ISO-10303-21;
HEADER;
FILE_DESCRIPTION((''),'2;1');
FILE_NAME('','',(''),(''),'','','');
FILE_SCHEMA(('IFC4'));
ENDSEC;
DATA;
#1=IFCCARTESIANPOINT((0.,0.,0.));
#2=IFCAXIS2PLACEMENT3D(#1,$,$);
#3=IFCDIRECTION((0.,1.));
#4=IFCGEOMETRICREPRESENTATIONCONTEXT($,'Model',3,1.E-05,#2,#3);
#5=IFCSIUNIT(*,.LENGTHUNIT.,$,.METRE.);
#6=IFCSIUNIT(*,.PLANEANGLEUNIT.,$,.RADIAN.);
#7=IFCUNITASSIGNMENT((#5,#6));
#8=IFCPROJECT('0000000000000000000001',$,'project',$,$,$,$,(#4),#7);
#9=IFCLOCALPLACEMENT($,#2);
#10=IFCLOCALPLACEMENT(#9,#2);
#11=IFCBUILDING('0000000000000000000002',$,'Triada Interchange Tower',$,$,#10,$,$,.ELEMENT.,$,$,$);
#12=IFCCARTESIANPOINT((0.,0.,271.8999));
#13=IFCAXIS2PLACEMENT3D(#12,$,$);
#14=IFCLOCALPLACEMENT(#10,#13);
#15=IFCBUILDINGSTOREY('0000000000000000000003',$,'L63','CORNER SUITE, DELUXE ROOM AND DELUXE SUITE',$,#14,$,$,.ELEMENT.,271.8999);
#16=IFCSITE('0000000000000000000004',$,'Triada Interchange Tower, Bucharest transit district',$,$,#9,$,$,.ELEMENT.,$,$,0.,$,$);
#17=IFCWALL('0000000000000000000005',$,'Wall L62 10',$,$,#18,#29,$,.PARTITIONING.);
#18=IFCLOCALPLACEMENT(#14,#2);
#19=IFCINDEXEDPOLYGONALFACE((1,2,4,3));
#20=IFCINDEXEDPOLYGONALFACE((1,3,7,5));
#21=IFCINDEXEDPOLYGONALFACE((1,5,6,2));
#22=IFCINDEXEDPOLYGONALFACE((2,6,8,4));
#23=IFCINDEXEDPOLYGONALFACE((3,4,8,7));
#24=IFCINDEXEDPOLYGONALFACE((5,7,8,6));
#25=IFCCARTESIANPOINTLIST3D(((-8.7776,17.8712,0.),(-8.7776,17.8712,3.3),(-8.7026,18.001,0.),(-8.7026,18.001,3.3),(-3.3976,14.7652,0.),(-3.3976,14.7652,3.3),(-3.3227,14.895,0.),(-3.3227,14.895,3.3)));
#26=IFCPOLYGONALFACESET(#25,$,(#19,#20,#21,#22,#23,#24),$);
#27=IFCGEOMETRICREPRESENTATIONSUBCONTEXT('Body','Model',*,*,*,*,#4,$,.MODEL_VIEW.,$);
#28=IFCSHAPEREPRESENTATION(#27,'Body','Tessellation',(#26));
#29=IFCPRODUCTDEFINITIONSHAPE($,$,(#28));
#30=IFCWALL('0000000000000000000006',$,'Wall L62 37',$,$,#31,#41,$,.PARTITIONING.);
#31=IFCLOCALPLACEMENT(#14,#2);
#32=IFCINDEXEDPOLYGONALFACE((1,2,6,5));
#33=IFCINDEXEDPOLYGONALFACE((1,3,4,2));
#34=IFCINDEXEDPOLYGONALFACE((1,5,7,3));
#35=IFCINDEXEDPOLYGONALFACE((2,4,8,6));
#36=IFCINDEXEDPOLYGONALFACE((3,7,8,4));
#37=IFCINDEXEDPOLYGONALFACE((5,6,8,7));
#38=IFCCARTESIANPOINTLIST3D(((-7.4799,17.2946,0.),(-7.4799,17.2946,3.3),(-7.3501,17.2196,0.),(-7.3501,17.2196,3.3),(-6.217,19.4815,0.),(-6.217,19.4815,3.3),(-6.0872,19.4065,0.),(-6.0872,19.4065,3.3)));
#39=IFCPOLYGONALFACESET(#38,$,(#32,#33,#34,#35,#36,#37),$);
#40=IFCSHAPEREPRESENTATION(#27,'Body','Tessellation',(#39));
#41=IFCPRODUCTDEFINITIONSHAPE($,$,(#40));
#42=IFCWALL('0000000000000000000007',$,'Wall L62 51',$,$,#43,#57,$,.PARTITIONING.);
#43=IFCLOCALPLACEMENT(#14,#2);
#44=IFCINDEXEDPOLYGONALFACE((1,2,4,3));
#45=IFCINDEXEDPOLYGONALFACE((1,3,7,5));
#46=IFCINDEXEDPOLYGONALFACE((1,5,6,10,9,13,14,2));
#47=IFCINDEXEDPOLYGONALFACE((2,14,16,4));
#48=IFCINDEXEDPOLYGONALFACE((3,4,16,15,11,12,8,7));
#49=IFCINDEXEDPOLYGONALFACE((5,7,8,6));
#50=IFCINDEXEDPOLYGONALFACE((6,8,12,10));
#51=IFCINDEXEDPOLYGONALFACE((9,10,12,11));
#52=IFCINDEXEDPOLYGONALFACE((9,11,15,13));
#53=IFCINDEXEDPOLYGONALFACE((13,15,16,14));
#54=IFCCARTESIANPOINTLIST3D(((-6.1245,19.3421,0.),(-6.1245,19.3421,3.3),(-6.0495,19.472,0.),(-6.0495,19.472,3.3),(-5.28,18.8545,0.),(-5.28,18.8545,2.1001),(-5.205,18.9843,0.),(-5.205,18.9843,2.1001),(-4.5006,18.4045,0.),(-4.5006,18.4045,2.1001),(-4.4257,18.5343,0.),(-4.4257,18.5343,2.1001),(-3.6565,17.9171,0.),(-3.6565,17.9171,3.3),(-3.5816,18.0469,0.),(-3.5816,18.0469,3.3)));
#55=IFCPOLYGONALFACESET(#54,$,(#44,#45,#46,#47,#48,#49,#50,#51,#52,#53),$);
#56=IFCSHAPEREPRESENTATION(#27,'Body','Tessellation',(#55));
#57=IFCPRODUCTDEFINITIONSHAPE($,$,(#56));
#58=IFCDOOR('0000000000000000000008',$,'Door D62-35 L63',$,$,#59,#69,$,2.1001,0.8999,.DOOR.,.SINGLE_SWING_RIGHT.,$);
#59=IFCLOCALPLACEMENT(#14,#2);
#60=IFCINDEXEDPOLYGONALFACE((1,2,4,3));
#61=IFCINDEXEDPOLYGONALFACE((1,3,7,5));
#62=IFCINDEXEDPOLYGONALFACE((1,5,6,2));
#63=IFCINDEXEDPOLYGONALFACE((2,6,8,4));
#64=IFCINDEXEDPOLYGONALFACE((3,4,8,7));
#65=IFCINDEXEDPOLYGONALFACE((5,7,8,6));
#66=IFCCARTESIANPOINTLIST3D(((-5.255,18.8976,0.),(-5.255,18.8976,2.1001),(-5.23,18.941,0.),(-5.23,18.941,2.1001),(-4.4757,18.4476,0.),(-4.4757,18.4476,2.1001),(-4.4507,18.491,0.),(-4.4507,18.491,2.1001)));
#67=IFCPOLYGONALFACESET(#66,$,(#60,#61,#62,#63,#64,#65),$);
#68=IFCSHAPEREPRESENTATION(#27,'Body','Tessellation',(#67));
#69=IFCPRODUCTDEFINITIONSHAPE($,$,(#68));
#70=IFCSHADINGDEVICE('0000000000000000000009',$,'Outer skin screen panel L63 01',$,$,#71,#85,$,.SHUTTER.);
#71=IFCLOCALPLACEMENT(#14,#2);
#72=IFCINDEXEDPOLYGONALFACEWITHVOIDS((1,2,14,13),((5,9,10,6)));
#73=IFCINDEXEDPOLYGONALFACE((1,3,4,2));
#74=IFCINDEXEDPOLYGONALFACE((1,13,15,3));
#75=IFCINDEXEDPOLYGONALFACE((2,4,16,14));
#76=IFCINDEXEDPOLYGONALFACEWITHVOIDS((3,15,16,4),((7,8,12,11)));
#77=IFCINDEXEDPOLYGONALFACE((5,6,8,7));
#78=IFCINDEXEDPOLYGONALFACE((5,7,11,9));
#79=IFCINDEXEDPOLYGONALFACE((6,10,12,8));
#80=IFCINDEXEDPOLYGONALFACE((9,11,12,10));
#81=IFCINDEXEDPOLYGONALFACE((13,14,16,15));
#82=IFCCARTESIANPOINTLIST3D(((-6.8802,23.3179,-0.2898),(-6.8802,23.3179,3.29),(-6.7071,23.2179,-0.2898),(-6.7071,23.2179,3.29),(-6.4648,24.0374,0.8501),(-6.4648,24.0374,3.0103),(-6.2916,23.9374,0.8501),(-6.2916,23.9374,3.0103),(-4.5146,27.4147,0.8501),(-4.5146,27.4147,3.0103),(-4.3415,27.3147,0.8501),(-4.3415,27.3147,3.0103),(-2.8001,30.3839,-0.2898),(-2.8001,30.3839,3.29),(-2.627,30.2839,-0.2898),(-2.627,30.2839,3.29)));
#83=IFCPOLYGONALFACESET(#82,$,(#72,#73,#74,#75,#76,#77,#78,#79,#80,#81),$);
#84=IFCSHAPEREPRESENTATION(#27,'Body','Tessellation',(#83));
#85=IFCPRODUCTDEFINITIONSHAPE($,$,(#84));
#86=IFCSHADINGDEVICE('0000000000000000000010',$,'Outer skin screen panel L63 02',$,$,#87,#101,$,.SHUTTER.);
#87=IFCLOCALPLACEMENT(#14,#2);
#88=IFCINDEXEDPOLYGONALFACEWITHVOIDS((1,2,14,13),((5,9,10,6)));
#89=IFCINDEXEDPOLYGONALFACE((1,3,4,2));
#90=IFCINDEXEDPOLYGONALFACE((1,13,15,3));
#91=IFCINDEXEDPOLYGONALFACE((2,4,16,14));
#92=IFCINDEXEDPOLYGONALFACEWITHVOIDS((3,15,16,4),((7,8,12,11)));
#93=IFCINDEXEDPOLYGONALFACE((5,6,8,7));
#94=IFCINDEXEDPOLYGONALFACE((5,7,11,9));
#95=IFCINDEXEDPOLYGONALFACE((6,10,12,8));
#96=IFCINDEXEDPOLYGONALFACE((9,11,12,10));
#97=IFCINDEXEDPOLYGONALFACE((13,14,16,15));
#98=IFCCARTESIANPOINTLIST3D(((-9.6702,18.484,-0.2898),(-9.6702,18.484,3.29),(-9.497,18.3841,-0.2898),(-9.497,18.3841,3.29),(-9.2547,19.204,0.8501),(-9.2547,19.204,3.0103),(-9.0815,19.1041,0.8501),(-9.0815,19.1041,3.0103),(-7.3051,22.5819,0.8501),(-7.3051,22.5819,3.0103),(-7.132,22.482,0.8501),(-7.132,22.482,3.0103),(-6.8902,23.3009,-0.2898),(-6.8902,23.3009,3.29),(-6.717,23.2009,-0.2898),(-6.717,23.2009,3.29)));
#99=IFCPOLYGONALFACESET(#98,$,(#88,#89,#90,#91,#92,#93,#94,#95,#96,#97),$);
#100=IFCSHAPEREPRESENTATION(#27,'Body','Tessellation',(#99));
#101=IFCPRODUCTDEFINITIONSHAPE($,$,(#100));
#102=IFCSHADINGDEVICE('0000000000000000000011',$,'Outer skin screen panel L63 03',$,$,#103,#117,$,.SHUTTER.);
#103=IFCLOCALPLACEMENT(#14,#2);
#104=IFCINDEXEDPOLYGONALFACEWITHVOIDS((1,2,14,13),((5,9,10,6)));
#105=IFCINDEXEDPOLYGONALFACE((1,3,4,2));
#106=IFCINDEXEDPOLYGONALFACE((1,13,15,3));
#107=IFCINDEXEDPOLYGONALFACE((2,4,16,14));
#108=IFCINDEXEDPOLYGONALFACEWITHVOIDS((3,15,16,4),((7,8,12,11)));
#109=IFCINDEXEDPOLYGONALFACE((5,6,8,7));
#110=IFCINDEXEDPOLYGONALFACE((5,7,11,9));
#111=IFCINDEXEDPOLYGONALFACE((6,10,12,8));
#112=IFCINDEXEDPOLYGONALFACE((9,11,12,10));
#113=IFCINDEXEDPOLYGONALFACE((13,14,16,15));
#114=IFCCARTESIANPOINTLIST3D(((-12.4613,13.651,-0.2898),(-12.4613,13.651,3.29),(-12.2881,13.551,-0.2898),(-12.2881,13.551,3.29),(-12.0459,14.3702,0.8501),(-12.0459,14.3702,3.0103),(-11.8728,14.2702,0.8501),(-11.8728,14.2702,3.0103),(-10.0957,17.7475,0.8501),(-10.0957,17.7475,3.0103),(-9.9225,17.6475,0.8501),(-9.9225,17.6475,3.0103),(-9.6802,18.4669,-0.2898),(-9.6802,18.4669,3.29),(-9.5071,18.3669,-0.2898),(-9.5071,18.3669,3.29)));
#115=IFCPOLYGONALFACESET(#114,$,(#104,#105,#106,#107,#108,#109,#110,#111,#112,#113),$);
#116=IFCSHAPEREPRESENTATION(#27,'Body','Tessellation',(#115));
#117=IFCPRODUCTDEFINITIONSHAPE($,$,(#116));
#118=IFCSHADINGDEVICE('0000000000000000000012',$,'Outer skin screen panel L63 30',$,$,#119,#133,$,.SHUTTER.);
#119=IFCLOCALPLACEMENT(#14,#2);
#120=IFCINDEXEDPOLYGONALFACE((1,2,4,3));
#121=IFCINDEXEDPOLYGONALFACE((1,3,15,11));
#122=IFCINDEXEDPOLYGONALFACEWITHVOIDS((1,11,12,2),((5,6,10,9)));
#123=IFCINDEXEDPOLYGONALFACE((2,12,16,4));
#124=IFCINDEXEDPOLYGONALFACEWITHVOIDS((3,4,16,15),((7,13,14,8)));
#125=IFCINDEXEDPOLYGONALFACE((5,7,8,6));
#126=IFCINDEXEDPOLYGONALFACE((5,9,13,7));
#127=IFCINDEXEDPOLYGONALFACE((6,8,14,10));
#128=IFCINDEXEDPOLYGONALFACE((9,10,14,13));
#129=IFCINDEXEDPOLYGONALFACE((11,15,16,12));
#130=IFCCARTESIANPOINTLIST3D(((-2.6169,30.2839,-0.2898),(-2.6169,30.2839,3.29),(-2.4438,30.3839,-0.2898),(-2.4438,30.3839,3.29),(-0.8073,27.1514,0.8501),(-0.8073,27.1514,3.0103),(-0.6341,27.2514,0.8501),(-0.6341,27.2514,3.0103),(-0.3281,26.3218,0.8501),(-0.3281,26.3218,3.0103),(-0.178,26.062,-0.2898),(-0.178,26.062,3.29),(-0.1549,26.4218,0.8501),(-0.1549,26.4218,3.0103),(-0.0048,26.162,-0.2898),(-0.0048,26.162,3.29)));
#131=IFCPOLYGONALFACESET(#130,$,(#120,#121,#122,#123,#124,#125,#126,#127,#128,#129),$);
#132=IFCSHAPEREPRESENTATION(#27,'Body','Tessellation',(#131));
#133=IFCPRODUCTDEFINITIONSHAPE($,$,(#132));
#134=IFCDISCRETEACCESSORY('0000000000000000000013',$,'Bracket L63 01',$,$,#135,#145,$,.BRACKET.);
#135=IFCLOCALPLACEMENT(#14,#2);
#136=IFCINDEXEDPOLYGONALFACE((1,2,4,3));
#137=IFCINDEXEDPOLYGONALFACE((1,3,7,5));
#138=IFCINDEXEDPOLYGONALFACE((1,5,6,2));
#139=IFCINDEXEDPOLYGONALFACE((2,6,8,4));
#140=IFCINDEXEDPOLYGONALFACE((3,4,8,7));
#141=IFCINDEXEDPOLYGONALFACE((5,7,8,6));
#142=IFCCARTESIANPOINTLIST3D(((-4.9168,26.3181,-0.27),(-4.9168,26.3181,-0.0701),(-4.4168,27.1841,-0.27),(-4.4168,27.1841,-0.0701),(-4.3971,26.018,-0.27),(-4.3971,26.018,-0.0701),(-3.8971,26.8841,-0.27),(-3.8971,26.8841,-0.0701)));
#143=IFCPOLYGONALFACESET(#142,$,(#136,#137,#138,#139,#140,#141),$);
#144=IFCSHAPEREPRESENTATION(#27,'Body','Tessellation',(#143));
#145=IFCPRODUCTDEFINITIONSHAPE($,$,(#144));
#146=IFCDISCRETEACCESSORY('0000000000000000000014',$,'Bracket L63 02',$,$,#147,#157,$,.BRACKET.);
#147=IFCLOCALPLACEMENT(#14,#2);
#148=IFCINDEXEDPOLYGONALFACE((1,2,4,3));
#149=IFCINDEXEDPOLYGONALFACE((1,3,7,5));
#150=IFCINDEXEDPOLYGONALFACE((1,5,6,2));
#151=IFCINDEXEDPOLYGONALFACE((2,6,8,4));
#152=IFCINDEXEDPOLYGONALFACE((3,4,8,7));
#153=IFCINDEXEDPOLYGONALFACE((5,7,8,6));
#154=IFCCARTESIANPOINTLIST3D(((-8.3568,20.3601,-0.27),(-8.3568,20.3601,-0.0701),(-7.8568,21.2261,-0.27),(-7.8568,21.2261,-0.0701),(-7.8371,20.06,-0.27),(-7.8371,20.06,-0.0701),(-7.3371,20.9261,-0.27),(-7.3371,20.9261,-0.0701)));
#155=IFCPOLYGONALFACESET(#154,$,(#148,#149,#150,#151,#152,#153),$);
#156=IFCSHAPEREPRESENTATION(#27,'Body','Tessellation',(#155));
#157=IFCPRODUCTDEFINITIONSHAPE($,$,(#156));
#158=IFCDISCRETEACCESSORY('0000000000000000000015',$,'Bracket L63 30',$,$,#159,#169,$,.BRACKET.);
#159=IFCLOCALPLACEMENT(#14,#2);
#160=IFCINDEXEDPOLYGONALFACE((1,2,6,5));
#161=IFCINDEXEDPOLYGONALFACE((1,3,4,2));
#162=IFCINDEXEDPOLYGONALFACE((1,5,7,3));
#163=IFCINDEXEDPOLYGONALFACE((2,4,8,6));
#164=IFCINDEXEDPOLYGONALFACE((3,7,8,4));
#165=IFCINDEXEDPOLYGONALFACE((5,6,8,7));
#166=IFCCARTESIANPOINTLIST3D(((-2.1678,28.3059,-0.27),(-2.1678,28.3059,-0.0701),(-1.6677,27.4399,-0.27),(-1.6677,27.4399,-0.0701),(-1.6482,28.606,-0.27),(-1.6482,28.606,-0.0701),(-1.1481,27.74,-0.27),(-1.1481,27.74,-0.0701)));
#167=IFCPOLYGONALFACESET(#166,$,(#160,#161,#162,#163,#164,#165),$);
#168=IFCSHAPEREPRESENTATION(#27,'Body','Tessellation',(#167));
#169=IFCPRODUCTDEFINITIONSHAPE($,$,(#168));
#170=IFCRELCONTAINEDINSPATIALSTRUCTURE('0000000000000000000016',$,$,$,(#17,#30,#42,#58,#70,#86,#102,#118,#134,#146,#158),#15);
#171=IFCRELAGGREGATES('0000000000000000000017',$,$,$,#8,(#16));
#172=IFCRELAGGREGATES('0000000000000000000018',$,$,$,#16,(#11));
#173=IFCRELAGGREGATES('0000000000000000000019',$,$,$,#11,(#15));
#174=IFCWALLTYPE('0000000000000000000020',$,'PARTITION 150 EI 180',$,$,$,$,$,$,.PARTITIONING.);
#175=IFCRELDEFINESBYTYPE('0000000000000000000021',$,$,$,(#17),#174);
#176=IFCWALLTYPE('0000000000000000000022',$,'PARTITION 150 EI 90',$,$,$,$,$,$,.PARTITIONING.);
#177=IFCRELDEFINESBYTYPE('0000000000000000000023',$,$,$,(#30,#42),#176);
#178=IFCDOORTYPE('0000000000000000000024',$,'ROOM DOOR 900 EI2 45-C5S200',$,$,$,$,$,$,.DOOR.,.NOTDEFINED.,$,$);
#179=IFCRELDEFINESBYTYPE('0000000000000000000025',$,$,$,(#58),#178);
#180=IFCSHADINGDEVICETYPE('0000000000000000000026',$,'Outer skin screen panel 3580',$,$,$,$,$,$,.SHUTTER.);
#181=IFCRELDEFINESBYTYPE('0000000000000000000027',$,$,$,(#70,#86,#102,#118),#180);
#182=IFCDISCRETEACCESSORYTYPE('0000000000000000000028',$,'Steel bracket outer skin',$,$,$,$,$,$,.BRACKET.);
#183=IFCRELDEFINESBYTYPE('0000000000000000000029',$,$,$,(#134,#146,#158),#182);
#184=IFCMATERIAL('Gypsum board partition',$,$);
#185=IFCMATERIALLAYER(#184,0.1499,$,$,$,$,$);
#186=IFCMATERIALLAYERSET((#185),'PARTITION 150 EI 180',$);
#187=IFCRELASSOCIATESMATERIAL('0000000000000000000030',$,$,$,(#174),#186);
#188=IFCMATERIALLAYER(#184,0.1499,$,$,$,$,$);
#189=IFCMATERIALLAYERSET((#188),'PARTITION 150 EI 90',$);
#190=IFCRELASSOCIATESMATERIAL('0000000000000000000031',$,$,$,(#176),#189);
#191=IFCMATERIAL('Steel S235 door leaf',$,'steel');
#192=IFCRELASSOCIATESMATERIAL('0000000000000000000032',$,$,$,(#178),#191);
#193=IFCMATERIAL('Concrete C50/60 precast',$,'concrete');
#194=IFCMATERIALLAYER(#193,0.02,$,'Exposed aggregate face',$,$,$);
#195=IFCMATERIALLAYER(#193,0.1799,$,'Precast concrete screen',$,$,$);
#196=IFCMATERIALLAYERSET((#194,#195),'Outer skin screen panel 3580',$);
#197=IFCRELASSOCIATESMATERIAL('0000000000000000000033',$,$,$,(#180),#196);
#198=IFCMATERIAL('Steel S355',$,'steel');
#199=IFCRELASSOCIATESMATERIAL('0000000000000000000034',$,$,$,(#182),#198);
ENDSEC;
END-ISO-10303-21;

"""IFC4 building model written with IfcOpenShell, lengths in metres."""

from ifc_helpers import new_model, si_unit, direction, frame, frame_2d, origin, origin_2d, place, context, subcontext, project, spatial, polyline, rectangle, outline, extrude, material, layer, layer_set, type_object, element, fill, save


model = new_model("IFC4")

# Units and contexts
model_context = context("Model", 3, precision=1e-05, world=origin(), true_north=direction((0.0, 1.0)))
body_context = subcontext(model_context, "Body", "Model", "MODEL_VIEW")
ifc_project = project(units=[si_unit("LENGTHUNIT", "METRE"), si_unit("PLANEANGLEUNIT", "RADIAN")], contexts=[model_context])

# Site, building, storey
site_placement = place(None, origin())
site = spatial("IfcSite", under=ifc_project, at=site_placement, Name="Triada Interchange Tower, Bucharest transit district", CompositionType="ELEMENT", RefElevation=0.0)
building_placement = place(site_placement, origin())
building = spatial("IfcBuilding", under=site, at=building_placement, Name="Triada Interchange Tower", CompositionType="ELEMENT")
storey_placement = place(building_placement, frame((0.0, 0.0, 271.8999)))
storey = spatial("IfcBuildingStorey", under=building, at=storey_placement, Name="L63", Description="CORNER SUITE, DELUXE ROOM AND DELUXE SUITE", CompositionType="ELEMENT", Elevation=271.8999)

# Walls
ifc_material_1 = material(Name="Gypsum board partition")
ifc_layer_1 = layer(ifc_material_1, 0.1499)
ifc_layer_set_1 = layer_set([ifc_layer_1], Name="PARTITION 150 EI 180")
wall_type_1 = type_object("IfcWallType", Name="PARTITION 150 EI 180", PredefinedType="PARTITIONING", material=ifc_layer_set_1)
wall_1_placement = place(storey_placement, frame((-8.74, 17.936, 0.0), z_axis=(0.0, 0.0, 1.0), x_axis=(0.866034, -0.499986, 0.0)))
element("IfcWall", 1, at=wall_1_placement, inside=storey, type_object=wall_type_1, Name="Wall L62 10", PredefinedType="PARTITIONING", context=body_context, shape_type="SweptSolid", body=[
    extrude(rectangle(XDim=6.2122, YDim=0.1499, at=frame_2d((3.106, 0.0))), origin(), (0.0, 0.0, 1.0), 3.3),
])
ifc_layer_2 = layer(ifc_material_1, 0.1499)
ifc_layer_set_2 = layer_set([ifc_layer_2], Name="PARTITION 150 EI 90")
wall_type_2 = type_object("IfcWallType", Name="PARTITION 150 EI 90", PredefinedType="PARTITIONING", material=ifc_layer_set_2)
wall_2_placement = place(storey_placement, frame((-7.415, 17.2571, 0.0), z_axis=(0.0, 0.0, 1.0), x_axis=(0.500079, 0.86598, 0.0)))
element("IfcWall", 2, at=wall_2_placement, inside=storey, type_object=wall_type_2, Name="Wall L62 37", PredefinedType="PARTITIONING", context=body_context, shape_type="SweptSolid", body=[
    extrude(rectangle(XDim=2.5254, YDim=0.1499, at=frame_2d((1.2627, 0.0))), origin(), (0.0, 0.0, 1.0), 3.3),
])

# Wall, opening, door
wall_3_placement = place(storey_placement, frame((-6.0869, 19.407, 0.0), z_axis=(0.0, 0.0, 1.0), x_axis=(0.866004, -0.500036, 0.0)))
wall_3 = element("IfcWall", 3, at=wall_3_placement, inside=storey, type_object=wall_type_2, Name="Wall L62 51", PredefinedType="PARTITIONING", context=body_context, shape_type="SweptSolid", body=[
    extrude(rectangle(XDim=2.8499, YDim=0.1499, at=frame_2d((1.4248, 0.0))), origin(), (0.0, 0.0, 1.0), 3.3),
])
opening_1_placement = place(wall_3_placement, frame((0.9751, 0.0, 0.0)))
opening_1 = element("IfcOpeningElement", 4, at=opening_1_placement, cuts=wall_3, PredefinedType="OPENING", context=body_context, shape_type="SweptSolid", body=[
    extrude(rectangle(XDim=0.8999, YDim=2.1001, at=frame_2d((0.45, 1.05))), frame((0.0, 0.085, 0.0), z_axis=(0.0, -1.0, 0.0), x_axis=(1.0, 0.0, 0.0)), (0.0, 0.0, 1.0), 0.1699),
])
ifc_material_2 = material(Name="Steel S235 door leaf", Category="steel")
door_type = type_object("IfcDoorType", Name="ROOM DOOR 900 EI2 45-C5S200", OperationType="NOTDEFINED", PredefinedType="DOOR", material=ifc_material_2)
door_placement = place(opening_1_placement, origin())
door = element("IfcDoor", 5, at=door_placement, inside=storey, type_object=door_type, Name="Door D62-35 L63", OperationType="SINGLE_SWING_RIGHT", OverallHeight=2.1001, OverallWidth=0.8999, PredefinedType="DOOR", context=body_context, shape_type="SweptSolid", body=[
    extrude(rectangle(XDim=0.8999, YDim=2.1001, at=frame_2d((0.45, 1.05))), frame((0.0, 0.0249, 0.0), z_axis=(0.0, -1.0, 0.0), x_axis=(1.0, 0.0, 0.0)), (0.0, 0.0, 1.0), 0.05),
])
fill(opening_1, door)

# Shading devices
ifc_material_3 = material(Name="Concrete C50/60 precast", Category="concrete")
ifc_layer_3 = layer(ifc_material_3, 0.02, Name="Exposed aggregate face")
ifc_layer_4 = layer(ifc_material_3, 0.1799, Name="Precast concrete screen")
ifc_layer_set_3 = layer_set([ifc_layer_3, ifc_layer_4], Name="Outer skin screen panel 3580")
shading_device_type = type_object("IfcShadingDeviceType", Name="Outer skin screen panel 3580", PredefinedType="SHUTTER", material=ifc_layer_set_3)
shading_device_1_placement = place(storey_placement, frame((-2.627, 30.2839, -0.2898), z_axis=(0.0, 0.0, 1.0), x_axis=(-0.500052, -0.865995, 0.0)))
element("IfcShadingDevice", 6, at=shading_device_1_placement, inside=storey, type_object=shading_device_type, Name="Outer skin screen panel L63 01", PredefinedType="SHUTTER", context=body_context, shape_type="SweptSolid", body=[
    extrude(outline(polyline([(0.0, 0.0), (8.1594, 0.0), (8.1594, 3.5798), (0.0, 3.5798), (0.0, 0.0)]), holes=[polyline([(3.4287, 1.1399), (3.4287, 3.3), (7.3286, 3.3), (7.3286, 1.1399), (3.4287, 1.1399)])]), frame((0.0, 0.0, 0.0), z_axis=(0.0, -1.0, 0.0), x_axis=(1.0, 0.0, 0.0)), (0.0, 0.0, 1.0), 0.2),
])
shading_device_2_placement = place(storey_placement, frame((-6.717, 23.2009, -0.2898), z_axis=(0.0, 0.0, 1.0), x_axis=(-0.499864, -0.866104, 0.0)))
element("IfcShadingDevice", 7, at=shading_device_2_placement, inside=storey, type_object=shading_device_type, Name="Outer skin screen panel L63 02", PredefinedType="SHUTTER", context=body_context, shape_type="SweptSolid", body=[
    extrude(outline(polyline([(0.0, 0.0), (5.5615, 0.0), (5.5615, 3.5798), (0.0, 3.5798), (0.0, 0.0)]), holes=[polyline([(0.8301, 1.1399), (0.8301, 3.3), (4.7302, 3.3), (4.7302, 1.1399), (0.8301, 1.1399)])]), frame((0.0, 0.0, 0.0), z_axis=(0.0, -1.0, 0.0), x_axis=(1.0, 0.0, 0.0)), (0.0, 0.0, 1.0), 0.2),
])
shading_device_3_placement = place(storey_placement, frame((-9.5071, 18.3669, -0.2898), z_axis=(0.0, 0.0, 1.0), x_axis=(-0.500072, -0.865984, 0.0)))
element("IfcShadingDevice", 8, at=shading_device_3_placement, inside=storey, type_object=shading_device_type, Name="Outer skin screen panel L63 03", PredefinedType="SHUTTER", context=body_context, shape_type="SweptSolid", body=[
    extrude(outline(polyline([(0.0, 0.0), (5.5613, 0.0), (5.5613, 3.5798), (0.0, 3.5798), (0.0, 0.0)]), holes=[polyline([(0.8308, 1.1399), (0.8308, 3.3), (4.7307, 3.3), (4.7307, 1.1399), (0.8308, 1.1399)])]), frame((0.0, 0.0, 0.0), z_axis=(0.0, -1.0, 0.0), x_axis=(1.0, 0.0, 0.0)), (0.0, 0.0, 1.0), 0.2),
])
shading_device_4_placement = place(storey_placement, frame((-0.178, 26.062, -0.2898), z_axis=(0.0, 0.0, 1.0), x_axis=(-0.500221, 0.865898, 0.0)))
element("IfcShadingDevice", 9, at=shading_device_4_placement, inside=storey, type_object=shading_device_type, Name="Outer skin screen panel L63 30", PredefinedType="SHUTTER", context=body_context, shape_type="SweptSolid", body=[
    extrude(outline(polyline([(0.0, 0.0), (4.8757, 0.0), (4.8757, 3.5798), (0.0, 3.5798), (0.0, 0.0)]), holes=[polyline([(0.3, 1.1399), (0.3, 3.3), (1.2581, 3.3), (1.2581, 1.1399), (0.3, 1.1399)])]), frame((0.0, 0.0, 0.0), z_axis=(0.0, -1.0, 0.0), x_axis=(1.0, 0.0, 0.0)), (0.0, 0.0, 1.0), 0.2),
])

# Discrete accessories
ifc_material_4 = material(Name="Steel S355", Category="steel")
discrete_accessory_type = type_object("IfcDiscreteAccessoryType", Name="Steel bracket outer skin", PredefinedType="BRACKET", material=ifc_material_4)
for number, where, z_axis, x_axis, name in (
    (10, (-4.407, 26.6011, -0.27), (0.0, 0.0, 1.0), (-0.866029, 0.499994, 0.0), "Bracket L63 01"),
    (11, (-7.8469, 20.6431, -0.27), (0.0, 0.0, 1.0), (-0.866029, 0.499994, 0.0), "Bracket L63 02"),
    (12, (-1.658, 28.0229, -0.27), (0.0, 0.0, 1.0), (0.865957, 0.500119, 0.0), "Bracket L63 30"),
):
    element("IfcDiscreteAccessory", number, at=place(storey_placement, frame(where, z_axis=z_axis, x_axis=x_axis)), inside=storey, type_object=discrete_accessory_type, Name=name, PredefinedType="BRACKET", context=body_context, shape_type="SweptSolid", body=[
        extrude(rectangle(XDim=0.6001, YDim=1.0, at=origin_2d()), origin(), (0.0, 0.0, 1.0), 0.2),
    ])

save(model, "model.ifc")
